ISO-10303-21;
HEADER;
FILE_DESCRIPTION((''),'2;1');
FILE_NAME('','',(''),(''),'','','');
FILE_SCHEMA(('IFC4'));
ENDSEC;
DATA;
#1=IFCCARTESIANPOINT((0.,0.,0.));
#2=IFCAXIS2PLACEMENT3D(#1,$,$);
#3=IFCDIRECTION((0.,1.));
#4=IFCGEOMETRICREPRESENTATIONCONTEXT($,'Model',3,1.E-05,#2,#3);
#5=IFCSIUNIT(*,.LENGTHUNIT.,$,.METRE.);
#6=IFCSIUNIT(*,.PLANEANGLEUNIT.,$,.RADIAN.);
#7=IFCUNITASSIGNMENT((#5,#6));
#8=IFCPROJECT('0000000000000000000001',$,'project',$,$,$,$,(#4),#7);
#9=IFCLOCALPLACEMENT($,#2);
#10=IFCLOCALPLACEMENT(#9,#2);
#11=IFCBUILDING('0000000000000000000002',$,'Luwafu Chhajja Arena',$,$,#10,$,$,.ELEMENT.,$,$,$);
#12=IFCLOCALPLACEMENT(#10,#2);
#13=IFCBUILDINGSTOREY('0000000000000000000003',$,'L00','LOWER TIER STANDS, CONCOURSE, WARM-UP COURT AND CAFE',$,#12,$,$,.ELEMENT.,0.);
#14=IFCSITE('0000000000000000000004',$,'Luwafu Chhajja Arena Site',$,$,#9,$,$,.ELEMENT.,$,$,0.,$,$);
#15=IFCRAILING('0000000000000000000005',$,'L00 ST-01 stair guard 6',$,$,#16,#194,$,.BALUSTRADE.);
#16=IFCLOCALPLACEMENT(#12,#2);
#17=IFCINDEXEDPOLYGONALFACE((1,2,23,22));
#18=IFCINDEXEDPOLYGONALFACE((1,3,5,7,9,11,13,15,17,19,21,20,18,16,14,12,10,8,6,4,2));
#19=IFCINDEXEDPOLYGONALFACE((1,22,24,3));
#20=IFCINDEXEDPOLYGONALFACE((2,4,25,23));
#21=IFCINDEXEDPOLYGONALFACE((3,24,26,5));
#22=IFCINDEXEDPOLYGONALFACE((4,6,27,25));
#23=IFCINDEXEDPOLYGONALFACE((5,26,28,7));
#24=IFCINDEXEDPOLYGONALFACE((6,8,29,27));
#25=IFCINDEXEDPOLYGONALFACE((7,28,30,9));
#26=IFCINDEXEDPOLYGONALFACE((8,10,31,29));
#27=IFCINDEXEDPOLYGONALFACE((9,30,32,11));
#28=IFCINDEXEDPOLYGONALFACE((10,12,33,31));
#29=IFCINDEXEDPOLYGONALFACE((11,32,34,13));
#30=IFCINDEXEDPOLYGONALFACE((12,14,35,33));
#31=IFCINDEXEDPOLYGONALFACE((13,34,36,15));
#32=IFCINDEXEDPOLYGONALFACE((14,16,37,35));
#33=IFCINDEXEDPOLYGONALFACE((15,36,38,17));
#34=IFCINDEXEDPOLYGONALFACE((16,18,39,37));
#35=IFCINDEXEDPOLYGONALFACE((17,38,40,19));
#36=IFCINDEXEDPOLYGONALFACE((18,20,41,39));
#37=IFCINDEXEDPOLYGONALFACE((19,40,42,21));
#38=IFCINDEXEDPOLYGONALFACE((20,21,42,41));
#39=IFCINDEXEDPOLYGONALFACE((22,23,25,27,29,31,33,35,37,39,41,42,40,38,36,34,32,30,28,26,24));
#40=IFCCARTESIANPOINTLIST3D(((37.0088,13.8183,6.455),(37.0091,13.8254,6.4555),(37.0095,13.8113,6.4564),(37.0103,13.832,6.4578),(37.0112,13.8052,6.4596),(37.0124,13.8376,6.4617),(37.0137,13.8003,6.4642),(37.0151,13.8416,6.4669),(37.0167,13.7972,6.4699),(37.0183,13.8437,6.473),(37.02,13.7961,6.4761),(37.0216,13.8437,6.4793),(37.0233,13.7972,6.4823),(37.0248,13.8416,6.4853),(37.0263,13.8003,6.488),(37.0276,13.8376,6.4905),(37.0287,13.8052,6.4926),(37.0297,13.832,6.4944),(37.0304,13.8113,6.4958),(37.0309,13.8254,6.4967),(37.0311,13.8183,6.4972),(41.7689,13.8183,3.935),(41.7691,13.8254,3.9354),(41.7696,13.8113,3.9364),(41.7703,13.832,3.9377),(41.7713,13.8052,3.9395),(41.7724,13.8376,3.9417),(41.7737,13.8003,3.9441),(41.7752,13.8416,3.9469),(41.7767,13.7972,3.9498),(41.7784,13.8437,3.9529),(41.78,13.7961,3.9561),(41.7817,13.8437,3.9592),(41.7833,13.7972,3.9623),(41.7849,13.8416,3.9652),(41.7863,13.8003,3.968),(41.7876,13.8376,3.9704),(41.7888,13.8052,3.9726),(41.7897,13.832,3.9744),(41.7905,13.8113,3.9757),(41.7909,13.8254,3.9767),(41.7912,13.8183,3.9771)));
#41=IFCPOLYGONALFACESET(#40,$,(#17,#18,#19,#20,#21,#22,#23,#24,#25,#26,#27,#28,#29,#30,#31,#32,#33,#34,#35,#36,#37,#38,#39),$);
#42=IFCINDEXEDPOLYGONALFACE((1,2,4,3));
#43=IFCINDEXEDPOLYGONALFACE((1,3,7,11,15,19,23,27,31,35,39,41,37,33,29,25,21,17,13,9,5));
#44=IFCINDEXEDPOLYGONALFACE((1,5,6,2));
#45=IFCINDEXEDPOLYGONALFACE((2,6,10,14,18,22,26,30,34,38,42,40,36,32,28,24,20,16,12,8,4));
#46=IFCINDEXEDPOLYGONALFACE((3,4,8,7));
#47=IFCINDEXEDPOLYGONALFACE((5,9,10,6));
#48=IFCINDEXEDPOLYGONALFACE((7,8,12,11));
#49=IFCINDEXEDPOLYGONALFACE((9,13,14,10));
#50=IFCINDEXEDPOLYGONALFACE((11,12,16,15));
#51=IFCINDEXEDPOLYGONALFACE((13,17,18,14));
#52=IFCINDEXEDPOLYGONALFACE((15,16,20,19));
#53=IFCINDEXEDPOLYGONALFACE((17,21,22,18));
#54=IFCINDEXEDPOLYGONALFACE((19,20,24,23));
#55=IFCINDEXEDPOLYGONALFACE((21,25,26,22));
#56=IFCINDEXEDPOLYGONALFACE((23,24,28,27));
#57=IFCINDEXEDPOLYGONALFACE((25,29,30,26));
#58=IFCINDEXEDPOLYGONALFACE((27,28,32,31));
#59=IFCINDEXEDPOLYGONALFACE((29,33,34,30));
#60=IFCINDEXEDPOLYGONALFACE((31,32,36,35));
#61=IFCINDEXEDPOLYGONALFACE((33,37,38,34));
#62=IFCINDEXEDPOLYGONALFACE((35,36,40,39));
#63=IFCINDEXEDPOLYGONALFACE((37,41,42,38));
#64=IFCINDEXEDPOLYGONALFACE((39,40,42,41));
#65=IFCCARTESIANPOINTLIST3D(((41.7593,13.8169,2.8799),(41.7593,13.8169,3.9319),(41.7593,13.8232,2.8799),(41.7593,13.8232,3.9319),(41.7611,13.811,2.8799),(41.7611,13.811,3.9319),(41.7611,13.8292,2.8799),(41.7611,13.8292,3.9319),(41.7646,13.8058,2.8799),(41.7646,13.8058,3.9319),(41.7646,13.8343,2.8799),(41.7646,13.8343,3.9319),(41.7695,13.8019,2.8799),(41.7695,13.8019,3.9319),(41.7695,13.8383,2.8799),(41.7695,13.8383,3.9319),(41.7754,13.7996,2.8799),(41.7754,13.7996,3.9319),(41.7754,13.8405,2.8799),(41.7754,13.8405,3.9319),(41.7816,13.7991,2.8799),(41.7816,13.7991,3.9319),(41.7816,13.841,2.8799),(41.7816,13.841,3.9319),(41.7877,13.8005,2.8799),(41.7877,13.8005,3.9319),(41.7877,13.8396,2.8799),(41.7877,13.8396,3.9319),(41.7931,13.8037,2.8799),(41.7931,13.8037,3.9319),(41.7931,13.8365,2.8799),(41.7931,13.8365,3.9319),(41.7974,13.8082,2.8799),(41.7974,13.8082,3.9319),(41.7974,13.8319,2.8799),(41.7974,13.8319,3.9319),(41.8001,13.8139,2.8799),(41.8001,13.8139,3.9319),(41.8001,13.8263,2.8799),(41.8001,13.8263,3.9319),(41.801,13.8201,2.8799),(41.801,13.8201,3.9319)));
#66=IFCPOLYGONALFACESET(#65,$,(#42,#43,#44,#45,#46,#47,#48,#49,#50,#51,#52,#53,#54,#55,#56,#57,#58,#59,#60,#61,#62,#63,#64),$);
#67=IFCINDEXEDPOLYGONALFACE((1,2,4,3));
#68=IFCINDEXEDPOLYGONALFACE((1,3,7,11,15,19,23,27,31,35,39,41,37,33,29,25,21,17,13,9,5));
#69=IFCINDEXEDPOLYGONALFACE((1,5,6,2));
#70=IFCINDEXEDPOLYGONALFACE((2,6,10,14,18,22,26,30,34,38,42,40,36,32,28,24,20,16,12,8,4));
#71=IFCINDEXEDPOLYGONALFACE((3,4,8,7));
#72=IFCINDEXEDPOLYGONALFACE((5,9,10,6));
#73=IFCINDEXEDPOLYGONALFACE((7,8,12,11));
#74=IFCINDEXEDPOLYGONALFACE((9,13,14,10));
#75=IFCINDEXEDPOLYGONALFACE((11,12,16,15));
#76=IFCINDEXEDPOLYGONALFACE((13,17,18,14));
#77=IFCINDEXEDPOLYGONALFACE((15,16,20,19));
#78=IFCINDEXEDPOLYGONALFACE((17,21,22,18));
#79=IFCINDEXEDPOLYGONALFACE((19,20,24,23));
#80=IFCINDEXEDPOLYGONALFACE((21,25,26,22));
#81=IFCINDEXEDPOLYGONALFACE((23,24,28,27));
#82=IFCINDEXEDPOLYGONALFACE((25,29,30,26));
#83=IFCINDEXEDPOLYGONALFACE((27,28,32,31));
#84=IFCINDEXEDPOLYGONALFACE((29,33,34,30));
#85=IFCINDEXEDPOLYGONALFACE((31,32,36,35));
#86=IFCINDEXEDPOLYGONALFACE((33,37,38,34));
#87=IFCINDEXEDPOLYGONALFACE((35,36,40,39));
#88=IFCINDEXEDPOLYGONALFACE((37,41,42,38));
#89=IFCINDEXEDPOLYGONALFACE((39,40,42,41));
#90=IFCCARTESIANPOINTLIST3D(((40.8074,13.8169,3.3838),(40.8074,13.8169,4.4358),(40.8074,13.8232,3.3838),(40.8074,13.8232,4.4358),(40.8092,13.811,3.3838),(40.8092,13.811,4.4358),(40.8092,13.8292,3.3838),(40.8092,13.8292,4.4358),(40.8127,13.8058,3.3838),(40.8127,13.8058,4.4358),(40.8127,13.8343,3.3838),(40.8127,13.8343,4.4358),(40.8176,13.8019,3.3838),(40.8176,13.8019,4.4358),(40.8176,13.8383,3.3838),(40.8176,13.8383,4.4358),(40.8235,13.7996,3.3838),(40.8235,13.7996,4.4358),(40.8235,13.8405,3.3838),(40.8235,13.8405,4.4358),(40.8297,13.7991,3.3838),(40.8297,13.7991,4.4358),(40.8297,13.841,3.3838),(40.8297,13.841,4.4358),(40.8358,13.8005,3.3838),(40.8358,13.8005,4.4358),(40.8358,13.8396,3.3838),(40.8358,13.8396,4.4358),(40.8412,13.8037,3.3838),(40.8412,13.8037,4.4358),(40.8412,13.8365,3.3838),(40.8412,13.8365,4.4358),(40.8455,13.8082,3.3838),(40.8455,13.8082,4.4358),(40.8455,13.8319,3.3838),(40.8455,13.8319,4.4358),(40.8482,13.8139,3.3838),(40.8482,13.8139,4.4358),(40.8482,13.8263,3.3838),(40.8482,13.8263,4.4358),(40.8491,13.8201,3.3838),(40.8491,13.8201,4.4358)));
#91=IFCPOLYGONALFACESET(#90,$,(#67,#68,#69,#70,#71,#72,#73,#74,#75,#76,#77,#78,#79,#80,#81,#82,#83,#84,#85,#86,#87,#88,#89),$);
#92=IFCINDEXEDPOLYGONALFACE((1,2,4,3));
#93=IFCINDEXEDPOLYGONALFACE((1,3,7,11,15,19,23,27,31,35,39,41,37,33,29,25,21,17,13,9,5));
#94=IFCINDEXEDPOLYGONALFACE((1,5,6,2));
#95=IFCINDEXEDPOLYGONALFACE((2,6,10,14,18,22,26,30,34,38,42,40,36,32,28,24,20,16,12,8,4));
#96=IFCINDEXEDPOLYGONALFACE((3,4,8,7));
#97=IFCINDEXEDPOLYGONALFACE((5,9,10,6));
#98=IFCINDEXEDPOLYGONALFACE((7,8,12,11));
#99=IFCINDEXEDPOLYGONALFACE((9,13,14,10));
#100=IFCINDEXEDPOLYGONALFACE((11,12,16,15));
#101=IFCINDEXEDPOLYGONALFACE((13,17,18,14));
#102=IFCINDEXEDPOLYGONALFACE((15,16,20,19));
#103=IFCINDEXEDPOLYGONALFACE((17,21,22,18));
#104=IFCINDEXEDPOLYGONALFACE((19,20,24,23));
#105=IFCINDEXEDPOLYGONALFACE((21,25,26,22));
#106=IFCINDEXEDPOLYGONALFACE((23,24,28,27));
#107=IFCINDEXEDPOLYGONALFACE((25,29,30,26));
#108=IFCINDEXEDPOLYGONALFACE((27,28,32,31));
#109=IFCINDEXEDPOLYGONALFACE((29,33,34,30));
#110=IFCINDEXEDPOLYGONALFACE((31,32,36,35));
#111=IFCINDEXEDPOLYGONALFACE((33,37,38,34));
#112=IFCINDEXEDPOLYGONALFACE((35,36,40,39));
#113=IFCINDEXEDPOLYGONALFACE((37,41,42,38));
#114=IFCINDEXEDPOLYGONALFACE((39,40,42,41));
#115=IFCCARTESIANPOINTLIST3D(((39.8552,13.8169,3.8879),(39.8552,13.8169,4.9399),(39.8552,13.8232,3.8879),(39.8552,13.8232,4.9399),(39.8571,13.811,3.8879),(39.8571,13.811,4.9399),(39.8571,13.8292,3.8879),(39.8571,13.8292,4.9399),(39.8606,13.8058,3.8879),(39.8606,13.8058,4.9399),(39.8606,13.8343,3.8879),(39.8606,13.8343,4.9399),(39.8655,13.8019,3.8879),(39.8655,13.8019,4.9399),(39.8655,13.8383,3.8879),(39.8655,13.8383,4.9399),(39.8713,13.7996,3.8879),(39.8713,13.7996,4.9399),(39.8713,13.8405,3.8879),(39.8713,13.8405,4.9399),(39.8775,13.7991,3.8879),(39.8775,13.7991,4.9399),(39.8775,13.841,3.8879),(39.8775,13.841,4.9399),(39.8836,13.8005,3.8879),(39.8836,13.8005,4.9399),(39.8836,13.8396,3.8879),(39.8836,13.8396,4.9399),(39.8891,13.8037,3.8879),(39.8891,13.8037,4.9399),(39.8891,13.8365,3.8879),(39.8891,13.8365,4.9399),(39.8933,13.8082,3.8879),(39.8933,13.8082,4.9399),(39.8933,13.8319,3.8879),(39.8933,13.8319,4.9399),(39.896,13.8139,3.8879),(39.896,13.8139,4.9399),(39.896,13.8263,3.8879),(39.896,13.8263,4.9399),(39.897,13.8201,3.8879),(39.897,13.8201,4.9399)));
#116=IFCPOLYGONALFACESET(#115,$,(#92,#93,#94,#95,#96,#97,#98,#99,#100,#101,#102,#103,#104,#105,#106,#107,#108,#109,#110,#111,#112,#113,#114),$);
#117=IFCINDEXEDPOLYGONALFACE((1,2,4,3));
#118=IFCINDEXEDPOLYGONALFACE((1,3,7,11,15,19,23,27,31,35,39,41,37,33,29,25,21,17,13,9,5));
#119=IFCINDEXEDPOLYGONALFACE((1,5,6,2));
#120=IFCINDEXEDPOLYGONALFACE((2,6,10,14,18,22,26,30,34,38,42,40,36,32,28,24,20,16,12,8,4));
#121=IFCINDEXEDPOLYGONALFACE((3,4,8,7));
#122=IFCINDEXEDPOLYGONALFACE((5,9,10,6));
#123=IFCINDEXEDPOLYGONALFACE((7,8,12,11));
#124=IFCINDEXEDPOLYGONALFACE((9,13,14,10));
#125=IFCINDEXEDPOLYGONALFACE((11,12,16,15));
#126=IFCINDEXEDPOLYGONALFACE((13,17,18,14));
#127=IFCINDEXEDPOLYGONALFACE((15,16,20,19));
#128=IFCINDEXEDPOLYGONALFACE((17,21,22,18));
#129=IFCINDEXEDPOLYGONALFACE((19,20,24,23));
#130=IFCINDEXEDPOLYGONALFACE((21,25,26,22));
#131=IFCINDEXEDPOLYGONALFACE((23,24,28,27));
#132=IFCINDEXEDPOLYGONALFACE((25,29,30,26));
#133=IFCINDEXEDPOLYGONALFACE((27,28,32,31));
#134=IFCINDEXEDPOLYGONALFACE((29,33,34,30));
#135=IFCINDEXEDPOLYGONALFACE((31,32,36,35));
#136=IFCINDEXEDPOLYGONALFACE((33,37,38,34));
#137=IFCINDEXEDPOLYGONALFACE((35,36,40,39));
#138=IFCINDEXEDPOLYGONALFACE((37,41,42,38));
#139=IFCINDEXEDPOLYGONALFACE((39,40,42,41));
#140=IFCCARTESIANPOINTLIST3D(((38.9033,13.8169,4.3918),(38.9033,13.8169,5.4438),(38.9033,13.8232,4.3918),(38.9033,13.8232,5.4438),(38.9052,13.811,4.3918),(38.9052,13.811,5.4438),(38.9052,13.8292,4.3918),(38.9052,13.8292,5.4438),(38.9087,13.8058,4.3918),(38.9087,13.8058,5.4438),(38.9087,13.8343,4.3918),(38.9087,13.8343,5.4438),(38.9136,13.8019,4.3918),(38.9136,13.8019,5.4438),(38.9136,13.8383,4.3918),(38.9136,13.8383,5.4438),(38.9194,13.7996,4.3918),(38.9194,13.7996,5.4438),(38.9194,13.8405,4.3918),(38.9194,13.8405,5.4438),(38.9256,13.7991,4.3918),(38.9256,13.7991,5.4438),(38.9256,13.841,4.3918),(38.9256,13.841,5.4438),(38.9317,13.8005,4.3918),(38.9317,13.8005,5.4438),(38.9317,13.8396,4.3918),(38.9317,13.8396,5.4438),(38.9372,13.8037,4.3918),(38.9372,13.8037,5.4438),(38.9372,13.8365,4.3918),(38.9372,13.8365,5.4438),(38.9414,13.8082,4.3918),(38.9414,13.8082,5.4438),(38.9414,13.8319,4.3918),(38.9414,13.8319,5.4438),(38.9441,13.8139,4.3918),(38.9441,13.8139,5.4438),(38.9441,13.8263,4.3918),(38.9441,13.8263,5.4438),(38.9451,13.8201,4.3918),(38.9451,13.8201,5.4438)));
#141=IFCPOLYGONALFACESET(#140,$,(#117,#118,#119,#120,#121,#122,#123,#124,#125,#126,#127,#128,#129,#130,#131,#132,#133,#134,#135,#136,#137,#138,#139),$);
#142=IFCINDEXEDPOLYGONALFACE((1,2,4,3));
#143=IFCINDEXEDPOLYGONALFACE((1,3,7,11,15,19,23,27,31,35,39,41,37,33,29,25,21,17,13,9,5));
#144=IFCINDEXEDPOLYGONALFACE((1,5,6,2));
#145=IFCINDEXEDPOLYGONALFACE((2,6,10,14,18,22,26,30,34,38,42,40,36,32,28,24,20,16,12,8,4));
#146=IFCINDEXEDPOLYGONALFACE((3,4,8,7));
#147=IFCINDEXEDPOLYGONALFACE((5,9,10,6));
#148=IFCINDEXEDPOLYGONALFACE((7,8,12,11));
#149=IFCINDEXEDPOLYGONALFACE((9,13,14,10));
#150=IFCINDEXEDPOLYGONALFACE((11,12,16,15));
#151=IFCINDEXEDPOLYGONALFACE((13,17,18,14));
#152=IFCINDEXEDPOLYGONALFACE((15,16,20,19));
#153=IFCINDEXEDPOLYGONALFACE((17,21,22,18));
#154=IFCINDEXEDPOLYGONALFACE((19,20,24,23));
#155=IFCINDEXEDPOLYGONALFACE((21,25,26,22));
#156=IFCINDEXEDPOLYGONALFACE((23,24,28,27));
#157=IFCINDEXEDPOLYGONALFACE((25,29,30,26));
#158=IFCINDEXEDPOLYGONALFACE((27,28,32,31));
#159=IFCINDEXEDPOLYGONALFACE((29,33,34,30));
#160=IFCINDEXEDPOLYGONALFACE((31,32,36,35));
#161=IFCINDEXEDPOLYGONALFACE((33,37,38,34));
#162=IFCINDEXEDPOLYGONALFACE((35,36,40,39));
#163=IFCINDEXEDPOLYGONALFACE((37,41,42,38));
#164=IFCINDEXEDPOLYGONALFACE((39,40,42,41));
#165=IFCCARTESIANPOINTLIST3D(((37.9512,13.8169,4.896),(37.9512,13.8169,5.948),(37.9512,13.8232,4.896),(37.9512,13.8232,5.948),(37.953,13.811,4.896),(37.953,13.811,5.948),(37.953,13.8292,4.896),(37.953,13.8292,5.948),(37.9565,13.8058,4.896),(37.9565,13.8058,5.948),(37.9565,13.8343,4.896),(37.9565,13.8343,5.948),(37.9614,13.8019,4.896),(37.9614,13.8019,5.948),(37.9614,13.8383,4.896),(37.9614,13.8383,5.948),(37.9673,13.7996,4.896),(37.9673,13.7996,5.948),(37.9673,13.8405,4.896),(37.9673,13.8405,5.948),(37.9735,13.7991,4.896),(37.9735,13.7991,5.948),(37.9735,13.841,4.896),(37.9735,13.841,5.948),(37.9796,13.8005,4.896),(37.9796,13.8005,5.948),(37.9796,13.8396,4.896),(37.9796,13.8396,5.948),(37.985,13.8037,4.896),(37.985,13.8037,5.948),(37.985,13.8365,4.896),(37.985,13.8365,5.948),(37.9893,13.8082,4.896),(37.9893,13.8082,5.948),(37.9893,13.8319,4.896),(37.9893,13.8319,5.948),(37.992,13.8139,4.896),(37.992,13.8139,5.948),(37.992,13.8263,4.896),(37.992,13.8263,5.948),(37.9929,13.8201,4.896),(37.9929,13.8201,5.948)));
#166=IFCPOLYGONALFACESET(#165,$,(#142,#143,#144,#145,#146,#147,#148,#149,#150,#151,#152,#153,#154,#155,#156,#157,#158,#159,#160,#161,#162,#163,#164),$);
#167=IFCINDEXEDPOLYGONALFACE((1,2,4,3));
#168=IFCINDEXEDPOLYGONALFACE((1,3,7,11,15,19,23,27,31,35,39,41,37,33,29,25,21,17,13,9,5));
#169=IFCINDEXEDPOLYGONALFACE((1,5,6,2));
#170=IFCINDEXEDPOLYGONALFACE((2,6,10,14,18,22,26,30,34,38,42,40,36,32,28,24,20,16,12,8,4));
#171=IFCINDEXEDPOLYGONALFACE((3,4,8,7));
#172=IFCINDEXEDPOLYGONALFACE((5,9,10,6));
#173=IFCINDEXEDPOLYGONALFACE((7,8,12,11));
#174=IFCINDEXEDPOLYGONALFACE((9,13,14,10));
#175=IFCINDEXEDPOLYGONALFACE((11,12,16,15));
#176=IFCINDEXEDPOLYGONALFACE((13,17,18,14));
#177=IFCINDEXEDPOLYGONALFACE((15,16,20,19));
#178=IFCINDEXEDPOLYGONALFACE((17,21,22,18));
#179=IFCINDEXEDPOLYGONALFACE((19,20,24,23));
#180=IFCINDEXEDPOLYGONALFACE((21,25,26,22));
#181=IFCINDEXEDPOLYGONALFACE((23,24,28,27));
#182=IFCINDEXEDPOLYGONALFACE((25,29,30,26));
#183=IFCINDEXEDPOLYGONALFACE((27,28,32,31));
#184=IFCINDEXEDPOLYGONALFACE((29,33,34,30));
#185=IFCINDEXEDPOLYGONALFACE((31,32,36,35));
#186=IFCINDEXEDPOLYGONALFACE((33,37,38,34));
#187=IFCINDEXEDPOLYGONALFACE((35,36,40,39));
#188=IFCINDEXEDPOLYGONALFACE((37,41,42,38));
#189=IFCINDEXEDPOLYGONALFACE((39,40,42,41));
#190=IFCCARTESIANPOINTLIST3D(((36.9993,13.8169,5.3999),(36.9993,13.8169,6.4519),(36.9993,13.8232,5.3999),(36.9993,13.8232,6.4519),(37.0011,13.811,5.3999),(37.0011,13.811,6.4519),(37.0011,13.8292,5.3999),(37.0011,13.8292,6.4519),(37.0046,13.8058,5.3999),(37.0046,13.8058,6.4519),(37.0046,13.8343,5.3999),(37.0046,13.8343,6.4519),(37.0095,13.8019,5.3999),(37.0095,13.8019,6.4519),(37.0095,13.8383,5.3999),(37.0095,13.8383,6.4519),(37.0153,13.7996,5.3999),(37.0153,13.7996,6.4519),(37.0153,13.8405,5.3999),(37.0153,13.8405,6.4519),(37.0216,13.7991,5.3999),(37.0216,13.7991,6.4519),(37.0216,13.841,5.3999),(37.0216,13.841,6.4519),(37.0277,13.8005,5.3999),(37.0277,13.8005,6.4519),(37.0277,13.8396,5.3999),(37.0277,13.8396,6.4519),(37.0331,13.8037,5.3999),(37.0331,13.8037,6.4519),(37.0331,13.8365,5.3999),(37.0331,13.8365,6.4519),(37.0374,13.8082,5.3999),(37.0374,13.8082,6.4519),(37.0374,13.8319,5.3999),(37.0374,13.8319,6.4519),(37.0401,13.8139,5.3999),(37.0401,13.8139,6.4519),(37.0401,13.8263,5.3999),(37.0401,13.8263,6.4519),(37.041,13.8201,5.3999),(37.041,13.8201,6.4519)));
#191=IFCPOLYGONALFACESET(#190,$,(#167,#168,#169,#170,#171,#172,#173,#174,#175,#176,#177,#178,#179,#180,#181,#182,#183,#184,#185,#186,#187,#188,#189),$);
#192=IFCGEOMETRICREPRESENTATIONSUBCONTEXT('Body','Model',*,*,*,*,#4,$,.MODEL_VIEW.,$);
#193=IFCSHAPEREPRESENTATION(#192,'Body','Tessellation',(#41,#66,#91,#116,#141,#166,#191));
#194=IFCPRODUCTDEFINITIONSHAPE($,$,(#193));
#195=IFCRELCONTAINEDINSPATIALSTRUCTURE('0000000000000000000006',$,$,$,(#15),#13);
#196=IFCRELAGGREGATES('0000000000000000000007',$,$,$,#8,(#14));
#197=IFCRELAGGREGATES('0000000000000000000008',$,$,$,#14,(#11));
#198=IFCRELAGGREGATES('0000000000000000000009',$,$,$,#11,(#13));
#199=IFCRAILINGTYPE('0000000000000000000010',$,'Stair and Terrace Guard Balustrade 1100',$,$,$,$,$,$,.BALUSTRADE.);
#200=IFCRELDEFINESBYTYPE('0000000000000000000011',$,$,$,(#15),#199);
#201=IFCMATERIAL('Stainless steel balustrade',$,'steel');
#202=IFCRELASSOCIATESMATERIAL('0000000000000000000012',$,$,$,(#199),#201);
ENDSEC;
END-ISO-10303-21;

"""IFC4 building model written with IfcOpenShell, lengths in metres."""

from ifc_helpers import new_model, si_unit, direction, frame, origin, origin_2d, place, context, subcontext, project, spatial, circle, extrude, material, type_object, element, save


model = new_model("IFC4")

# Units and contexts
model_context = context("Model", 3, precision=1e-05, world=origin(), true_north=direction((0.0, 1.0)))
body_context = subcontext(model_context, "Body", "Model", "MODEL_VIEW")
ifc_project = project(units=[si_unit("LENGTHUNIT", "METRE"), si_unit("PLANEANGLEUNIT", "RADIAN")], contexts=[model_context])

# Site, building, storey
site_placement = place(None, origin())
site = spatial("IfcSite", under=ifc_project, at=site_placement, Name="Luwafu Chhajja Arena Site", CompositionType="ELEMENT", RefElevation=0.0)
building_placement = place(site_placement, origin())
building = spatial("IfcBuilding", under=site, at=building_placement, Name="Luwafu Chhajja Arena", CompositionType="ELEMENT")
storey_placement = place(building_placement, origin())
storey = spatial("IfcBuildingStorey", under=building, at=storey_placement, Name="L00", Description="LOWER TIER STANDS, CONCOURSE, WARM-UP COURT AND CAFE", CompositionType="ELEMENT", Elevation=0.0)

# Railing
ifc_material_1 = material(Name="Stainless steel balustrade", Category="steel")
railing_type_1 = type_object("IfcRailingType", Name="Stair and Terrace Guard Balustrade 1100", PredefinedType="BALUSTRADE", material=ifc_material_1)
railing_1_placement = place(storey_placement, frame((41.78, 13.8201, 2.8799)))
element("IfcRailing", 1, at=railing_1_placement, inside=storey, type_object=railing_type_1, Name="L00 ST-01 stair guard 6", PredefinedType="BALUSTRADE", context=body_context, shape_type="SweptSolid", body=[
    extrude(circle(Radius=0.0239, at=origin_2d()), frame((0.0, 0.0, 1.0762), z_axis=(-0.883787, 0.0, 0.46789), x_axis=(0.0, -1.0, 0.0)), (0.0, 0.0, 1.0), 5.386),
    extrude(circle(Radius=0.021, at=origin_2d()), origin(), (0.0, 0.0, 1.0), 1.052),
    extrude(circle(Radius=0.021, at=origin_2d()), frame((-0.9519, 0.0, 0.5039)), (0.0, 0.0, 1.0), 1.052),
    extrude(circle(Radius=0.021, at=origin_2d()), frame((-1.9041, 0.0, 1.0081)), (0.0, 0.0, 1.0), 1.052),
    extrude(circle(Radius=0.021, at=origin_2d()), frame((-2.856, 0.0, 1.512)), (0.0, 0.0, 1.0), 1.052),
    extrude(circle(Radius=0.021, at=origin_2d()), frame((-3.8081, 0.0, 2.0161)), (0.0, 0.0, 1.0), 1.052),
    extrude(circle(Radius=0.021, at=origin_2d()), frame((-4.76, 0.0, 2.52)), (0.0, 0.0, 1.0), 1.052),
])

save(model, "model.ifc")
